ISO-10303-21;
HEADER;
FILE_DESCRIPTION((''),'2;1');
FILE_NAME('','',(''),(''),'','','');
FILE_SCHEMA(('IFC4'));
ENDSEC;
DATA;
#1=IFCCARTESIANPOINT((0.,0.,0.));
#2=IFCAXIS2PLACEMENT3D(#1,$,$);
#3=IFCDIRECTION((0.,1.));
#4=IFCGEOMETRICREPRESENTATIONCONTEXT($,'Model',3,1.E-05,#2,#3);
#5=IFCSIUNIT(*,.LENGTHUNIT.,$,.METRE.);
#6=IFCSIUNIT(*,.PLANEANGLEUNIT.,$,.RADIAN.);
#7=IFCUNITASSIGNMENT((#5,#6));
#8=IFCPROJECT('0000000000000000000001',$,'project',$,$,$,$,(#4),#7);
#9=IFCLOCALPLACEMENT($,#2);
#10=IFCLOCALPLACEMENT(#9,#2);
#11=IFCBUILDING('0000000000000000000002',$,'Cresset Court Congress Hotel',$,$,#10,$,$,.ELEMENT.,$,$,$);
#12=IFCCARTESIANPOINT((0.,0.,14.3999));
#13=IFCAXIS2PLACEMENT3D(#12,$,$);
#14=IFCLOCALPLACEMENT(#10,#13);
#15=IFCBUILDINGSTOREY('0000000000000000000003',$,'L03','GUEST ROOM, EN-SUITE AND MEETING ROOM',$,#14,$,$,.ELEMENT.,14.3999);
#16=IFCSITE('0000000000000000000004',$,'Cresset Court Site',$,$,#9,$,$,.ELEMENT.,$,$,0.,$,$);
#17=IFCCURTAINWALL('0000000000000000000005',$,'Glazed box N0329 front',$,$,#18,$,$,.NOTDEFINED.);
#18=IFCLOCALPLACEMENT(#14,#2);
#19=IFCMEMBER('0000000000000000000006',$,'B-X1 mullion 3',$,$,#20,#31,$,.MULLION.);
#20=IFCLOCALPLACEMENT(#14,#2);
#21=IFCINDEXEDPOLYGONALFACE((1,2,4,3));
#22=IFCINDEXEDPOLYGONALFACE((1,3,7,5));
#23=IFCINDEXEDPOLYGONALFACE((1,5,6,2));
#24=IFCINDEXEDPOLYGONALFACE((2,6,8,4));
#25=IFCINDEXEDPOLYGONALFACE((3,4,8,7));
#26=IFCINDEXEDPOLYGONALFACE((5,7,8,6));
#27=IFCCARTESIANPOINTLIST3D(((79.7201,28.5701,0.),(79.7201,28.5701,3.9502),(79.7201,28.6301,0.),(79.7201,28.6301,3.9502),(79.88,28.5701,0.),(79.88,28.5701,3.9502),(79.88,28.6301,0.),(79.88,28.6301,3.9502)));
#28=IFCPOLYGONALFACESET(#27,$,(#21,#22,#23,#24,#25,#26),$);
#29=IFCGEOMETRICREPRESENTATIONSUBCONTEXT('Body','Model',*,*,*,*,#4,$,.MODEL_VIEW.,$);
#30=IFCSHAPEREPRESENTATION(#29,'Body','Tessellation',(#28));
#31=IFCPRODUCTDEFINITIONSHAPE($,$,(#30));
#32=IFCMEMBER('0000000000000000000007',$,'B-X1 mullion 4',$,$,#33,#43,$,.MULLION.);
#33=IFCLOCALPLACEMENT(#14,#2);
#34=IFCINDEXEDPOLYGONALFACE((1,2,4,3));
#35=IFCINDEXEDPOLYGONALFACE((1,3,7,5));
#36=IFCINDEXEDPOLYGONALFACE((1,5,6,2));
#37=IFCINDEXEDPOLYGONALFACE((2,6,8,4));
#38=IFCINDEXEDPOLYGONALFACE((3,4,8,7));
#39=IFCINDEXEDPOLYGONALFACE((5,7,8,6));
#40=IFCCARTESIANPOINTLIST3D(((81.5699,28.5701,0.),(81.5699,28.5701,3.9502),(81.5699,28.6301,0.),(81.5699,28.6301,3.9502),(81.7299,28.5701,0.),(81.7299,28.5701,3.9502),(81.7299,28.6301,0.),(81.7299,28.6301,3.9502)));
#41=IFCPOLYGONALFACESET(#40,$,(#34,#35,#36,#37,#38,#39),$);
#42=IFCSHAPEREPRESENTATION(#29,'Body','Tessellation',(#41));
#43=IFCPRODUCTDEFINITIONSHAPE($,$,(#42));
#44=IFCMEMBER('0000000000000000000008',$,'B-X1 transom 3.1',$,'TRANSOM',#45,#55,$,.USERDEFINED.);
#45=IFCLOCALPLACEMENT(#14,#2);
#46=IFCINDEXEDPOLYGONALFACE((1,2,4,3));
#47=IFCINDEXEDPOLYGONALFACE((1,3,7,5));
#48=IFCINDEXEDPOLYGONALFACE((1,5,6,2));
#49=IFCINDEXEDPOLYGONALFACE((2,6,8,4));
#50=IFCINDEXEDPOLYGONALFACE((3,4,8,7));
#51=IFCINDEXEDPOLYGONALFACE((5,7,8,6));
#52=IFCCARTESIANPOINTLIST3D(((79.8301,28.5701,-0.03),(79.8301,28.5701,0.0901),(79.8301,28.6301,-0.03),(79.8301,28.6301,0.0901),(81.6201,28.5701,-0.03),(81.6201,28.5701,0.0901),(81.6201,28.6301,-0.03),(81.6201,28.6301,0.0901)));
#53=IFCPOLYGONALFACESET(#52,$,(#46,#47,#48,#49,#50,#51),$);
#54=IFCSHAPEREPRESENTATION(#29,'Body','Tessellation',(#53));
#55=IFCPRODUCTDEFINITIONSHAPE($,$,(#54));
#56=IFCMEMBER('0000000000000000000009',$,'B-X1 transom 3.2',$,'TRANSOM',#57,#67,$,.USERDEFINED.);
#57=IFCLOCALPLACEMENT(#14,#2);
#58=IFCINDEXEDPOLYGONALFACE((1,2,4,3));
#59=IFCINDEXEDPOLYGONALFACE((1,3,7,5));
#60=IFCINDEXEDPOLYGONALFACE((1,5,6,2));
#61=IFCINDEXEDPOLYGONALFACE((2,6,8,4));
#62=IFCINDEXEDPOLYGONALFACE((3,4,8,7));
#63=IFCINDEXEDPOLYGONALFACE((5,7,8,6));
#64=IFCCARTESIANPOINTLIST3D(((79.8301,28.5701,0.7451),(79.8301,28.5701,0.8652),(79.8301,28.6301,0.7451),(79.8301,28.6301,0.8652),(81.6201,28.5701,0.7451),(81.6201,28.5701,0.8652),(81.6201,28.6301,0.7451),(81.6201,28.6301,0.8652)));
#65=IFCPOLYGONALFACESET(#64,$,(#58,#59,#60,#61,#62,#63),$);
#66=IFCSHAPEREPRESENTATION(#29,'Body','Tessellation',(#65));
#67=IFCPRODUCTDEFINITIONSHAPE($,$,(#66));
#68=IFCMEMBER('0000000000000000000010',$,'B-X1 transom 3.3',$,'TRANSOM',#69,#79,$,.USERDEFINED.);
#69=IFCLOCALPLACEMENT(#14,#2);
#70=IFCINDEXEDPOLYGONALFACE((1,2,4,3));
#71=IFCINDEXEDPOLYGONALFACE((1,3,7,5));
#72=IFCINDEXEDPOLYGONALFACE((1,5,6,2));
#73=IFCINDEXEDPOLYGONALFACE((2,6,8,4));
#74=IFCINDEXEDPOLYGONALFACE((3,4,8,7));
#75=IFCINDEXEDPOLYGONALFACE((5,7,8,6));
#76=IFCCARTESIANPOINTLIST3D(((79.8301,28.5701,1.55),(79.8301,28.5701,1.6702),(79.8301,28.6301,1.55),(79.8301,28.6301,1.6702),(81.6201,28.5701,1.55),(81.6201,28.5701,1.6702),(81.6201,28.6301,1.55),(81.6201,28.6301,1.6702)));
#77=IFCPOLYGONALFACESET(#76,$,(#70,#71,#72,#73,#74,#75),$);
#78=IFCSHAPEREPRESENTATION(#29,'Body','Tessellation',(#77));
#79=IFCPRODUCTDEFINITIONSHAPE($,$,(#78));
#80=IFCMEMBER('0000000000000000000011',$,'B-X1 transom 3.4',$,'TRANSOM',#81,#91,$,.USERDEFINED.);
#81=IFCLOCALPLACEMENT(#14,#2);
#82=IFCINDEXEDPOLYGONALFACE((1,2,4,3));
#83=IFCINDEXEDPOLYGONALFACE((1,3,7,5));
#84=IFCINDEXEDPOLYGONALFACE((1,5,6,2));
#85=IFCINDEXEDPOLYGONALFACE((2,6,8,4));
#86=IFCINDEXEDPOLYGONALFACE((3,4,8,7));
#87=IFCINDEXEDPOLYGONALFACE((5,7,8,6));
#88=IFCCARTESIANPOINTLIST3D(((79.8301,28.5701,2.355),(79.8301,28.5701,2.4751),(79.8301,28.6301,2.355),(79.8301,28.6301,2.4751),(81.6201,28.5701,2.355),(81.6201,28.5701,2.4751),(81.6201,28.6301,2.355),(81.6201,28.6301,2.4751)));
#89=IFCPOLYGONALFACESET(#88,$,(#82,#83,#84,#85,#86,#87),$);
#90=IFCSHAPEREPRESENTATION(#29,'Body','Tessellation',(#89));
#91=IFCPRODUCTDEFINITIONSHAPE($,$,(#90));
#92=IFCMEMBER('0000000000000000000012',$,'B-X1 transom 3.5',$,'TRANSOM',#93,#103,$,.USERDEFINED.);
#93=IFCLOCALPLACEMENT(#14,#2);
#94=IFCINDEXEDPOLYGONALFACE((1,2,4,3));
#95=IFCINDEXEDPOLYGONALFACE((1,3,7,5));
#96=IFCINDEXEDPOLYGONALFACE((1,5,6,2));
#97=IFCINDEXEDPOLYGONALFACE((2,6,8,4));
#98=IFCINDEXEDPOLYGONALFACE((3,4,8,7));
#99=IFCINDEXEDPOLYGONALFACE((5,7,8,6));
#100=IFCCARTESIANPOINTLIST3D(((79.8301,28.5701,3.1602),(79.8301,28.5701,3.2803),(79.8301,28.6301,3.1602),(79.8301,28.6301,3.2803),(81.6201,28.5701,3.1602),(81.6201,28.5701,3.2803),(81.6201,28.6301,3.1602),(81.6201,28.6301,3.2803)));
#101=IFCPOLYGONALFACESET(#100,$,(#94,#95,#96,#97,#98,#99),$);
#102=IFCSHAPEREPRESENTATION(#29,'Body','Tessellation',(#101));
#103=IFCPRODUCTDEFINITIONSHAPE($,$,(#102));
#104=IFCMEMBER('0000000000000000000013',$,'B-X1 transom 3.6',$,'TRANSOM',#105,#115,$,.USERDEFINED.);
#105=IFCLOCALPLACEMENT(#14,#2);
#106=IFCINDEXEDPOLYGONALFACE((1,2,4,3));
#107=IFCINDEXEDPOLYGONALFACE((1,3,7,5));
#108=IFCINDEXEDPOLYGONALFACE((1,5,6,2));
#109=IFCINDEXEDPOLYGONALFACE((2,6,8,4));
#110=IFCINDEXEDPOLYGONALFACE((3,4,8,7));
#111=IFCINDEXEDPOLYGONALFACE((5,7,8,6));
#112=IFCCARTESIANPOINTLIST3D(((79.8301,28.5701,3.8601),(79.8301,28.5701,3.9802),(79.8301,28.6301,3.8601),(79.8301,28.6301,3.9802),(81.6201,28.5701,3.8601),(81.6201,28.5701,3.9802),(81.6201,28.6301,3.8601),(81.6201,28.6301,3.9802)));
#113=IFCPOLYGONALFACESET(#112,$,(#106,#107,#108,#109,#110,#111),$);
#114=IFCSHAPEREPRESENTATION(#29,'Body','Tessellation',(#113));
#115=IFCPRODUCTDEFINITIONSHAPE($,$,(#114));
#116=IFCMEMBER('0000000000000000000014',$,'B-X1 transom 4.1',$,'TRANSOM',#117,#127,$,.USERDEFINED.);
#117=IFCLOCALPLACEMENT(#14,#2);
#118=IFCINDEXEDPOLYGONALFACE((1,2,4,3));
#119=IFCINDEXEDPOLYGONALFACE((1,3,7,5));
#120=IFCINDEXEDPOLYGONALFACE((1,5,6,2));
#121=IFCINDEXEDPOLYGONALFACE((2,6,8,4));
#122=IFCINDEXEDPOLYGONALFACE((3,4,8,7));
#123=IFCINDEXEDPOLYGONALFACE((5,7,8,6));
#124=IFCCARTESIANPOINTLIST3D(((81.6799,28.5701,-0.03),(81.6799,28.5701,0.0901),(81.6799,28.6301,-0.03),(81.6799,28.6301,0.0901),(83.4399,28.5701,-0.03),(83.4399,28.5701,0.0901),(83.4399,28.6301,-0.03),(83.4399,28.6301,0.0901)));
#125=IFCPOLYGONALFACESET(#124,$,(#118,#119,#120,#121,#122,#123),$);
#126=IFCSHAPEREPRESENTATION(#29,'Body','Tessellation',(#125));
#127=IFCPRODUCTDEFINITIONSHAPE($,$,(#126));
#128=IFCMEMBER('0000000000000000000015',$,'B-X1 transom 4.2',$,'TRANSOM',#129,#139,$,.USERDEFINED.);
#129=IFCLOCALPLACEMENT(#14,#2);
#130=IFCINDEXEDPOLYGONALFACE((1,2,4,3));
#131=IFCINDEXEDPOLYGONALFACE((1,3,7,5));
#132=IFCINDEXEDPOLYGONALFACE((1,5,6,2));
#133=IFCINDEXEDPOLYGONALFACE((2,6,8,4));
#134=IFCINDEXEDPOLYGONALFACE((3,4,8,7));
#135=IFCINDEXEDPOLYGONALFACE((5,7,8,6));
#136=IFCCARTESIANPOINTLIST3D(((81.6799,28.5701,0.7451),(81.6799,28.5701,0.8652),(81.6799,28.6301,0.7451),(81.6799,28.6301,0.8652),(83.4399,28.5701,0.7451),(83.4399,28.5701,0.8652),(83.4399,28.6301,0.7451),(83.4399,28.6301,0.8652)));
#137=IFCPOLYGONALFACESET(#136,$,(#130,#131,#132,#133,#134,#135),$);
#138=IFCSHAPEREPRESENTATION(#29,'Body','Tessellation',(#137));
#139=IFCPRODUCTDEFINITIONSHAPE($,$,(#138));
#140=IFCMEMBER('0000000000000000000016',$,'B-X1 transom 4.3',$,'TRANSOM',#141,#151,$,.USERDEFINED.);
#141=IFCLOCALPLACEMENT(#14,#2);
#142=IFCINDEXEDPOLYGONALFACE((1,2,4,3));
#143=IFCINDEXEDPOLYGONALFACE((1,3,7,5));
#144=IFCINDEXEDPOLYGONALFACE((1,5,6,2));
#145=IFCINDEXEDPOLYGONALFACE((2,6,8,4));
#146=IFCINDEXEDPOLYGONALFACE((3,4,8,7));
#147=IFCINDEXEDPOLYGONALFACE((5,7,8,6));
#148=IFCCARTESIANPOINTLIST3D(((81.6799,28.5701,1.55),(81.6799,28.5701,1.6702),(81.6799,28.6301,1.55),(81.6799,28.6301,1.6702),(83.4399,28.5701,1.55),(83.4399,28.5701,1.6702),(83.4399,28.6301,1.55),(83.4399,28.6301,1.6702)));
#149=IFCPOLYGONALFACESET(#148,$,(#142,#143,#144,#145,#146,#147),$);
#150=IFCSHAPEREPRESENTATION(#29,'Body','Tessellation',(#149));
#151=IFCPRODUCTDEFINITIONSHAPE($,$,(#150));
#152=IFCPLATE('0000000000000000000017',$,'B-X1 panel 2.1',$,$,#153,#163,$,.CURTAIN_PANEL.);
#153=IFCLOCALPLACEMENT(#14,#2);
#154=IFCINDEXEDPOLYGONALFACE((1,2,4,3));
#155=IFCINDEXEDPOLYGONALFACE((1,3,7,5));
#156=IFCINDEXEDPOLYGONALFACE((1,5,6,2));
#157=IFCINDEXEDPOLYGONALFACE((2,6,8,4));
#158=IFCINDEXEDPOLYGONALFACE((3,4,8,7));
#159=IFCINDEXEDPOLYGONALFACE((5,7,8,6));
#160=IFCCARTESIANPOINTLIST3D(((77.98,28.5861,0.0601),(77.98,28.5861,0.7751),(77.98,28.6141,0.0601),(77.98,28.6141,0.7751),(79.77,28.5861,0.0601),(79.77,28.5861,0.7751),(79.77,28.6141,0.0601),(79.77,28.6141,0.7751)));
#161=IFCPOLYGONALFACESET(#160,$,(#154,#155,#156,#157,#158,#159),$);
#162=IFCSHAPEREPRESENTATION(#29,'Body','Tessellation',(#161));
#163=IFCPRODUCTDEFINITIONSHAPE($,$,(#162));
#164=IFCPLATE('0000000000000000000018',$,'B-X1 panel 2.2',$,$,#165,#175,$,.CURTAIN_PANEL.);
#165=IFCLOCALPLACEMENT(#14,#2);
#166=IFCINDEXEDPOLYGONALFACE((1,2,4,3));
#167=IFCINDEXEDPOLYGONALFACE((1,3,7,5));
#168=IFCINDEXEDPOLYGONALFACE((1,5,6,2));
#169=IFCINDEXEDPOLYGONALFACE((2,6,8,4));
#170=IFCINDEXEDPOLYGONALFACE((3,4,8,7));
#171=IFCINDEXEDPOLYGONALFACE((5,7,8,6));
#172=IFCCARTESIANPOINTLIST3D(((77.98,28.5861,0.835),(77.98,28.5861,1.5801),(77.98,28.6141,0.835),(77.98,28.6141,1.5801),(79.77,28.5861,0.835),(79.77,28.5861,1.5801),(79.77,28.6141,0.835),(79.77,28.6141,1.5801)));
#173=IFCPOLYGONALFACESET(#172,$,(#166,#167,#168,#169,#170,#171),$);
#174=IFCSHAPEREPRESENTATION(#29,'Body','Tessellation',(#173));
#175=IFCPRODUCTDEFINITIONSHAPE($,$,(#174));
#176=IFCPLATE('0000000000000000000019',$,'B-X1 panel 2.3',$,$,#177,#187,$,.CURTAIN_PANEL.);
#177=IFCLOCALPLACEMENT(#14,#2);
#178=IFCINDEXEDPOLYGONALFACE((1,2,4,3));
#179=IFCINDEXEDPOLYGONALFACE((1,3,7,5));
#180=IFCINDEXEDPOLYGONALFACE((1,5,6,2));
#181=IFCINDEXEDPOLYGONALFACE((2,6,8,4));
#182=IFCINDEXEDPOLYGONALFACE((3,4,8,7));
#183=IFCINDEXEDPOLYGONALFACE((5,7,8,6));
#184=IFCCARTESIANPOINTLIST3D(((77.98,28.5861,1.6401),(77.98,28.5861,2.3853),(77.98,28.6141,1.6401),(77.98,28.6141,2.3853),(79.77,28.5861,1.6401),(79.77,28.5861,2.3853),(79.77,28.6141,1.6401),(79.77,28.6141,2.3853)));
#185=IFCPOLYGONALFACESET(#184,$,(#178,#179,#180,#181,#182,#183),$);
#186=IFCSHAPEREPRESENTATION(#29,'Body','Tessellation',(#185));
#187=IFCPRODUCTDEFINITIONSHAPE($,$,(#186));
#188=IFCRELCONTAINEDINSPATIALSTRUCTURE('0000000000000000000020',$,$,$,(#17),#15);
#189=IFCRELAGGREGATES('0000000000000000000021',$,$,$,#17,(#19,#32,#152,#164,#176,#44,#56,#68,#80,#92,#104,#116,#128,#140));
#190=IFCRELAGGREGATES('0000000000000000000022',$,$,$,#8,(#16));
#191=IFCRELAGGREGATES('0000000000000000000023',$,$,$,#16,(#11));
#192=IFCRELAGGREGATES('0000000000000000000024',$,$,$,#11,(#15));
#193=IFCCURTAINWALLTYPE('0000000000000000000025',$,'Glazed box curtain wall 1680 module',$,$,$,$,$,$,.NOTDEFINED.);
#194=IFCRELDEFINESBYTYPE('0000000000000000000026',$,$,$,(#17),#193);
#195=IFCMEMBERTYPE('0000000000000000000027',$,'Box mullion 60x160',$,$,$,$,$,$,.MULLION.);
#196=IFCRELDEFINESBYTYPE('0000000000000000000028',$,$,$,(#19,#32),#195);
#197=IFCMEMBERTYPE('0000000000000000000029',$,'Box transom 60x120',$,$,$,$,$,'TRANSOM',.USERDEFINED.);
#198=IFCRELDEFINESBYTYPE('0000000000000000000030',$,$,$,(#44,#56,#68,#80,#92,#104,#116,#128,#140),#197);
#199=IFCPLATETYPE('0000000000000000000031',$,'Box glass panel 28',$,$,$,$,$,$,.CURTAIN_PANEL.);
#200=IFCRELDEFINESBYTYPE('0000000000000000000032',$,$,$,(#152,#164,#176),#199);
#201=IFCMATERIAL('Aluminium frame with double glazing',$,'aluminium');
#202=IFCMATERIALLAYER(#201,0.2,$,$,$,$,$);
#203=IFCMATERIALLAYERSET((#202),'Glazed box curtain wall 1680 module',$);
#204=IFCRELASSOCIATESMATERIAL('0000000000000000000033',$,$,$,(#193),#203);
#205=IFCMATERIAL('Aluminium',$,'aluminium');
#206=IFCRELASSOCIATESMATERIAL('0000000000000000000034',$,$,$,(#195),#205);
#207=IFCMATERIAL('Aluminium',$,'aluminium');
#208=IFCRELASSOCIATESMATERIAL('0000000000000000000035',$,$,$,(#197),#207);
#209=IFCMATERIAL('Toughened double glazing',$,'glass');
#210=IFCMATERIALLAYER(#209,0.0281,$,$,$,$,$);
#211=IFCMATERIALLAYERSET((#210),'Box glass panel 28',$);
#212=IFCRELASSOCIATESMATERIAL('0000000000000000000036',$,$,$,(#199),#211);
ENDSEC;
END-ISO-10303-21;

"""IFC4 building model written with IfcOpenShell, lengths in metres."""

from ifc_helpers import new_model, si_unit, direction, frame, origin, origin_2d, place, context, subcontext, project, spatial, rectangle, extrude, material, layer, layer_set, material_profile, profile_set, type_object, element, aggregate, save


model = new_model("IFC4")

# Units and contexts
model_context = context("Model", 3, precision=1e-05, world=origin(), true_north=direction((0.0, 1.0)))
body_context = subcontext(model_context, "Body", "Model", "MODEL_VIEW")
ifc_project = project(units=[si_unit("LENGTHUNIT", "METRE"), si_unit("PLANEANGLEUNIT", "RADIAN")], contexts=[model_context])

# Site, building, storey
site_placement = place(None, origin())
site = spatial("IfcSite", under=ifc_project, at=site_placement, Name="Cresset Court Site", CompositionType="ELEMENT", RefElevation=0.0)
building_placement = place(site_placement, origin())
building = spatial("IfcBuilding", under=site, at=building_placement, Name="Cresset Court Congress Hotel", CompositionType="ELEMENT")
storey_placement = place(building_placement, frame((0.0, 0.0, 14.3999)))
storey = spatial("IfcBuildingStorey", under=building, at=storey_placement, Name="L03", Description="GUEST ROOM, EN-SUITE AND MEETING ROOM", CompositionType="ELEMENT", Elevation=14.3999)

# Curtain wall, members, plates
ifc_material_1 = material(Name="Aluminium frame with double glazing", Category="aluminium")
ifc_layer_1 = layer(ifc_material_1, 0.2)
ifc_layer_set_1 = layer_set([ifc_layer_1], Name="Glazed box curtain wall 1680 module")
curtain_wall_type = type_object("IfcCurtainWallType", Name="Glazed box curtain wall 1680 module", PredefinedType="NOTDEFINED", material=ifc_layer_set_1)
curtain_wall_placement = place(storey_placement, origin())
curtain_wall = element("IfcCurtainWall", 1, at=curtain_wall_placement, inside=storey, type_object=curtain_wall_type, Name="Glazed box N0329 front", PredefinedType="NOTDEFINED")
ifc_material_2 = material(Name="Aluminium", Category="aluminium")
ifc_material_profile_1 = material_profile(ifc_material_2, rectangle(XDim=0.0601, YDim=0.1599, at=origin_2d()), Name="Box mullion 60x160")
ifc_profile_set_1 = profile_set([ifc_material_profile_1], Name="Aluminium")
member_type_1 = type_object("IfcMemberType", Name="Box mullion 60x160", PredefinedType="MULLION", material=ifc_profile_set_1)
member_1_placement = place(storey_placement, frame((79.8, 28.6001, 0.0), z_axis=(0.0, 0.0, 1.0), x_axis=(0.0, 1.0, 0.0)))
member_1 = element("IfcMember", 2, at=member_1_placement, type_object=member_type_1, Name="B-X1 mullion 3", PredefinedType="MULLION", context=body_context, shape_type="SweptSolid", body=[
    extrude(rectangle(XDim=0.0601, YDim=0.1599, at=origin_2d()), origin(), (0.0, 0.0, 1.0), 3.9502),
])
member_2_placement = place(storey_placement, frame((81.6499, 28.6001, 0.0), z_axis=(0.0, 0.0, 1.0), x_axis=(0.0, 1.0, 0.0)))
member_2 = element("IfcMember", 3, at=member_2_placement, type_object=member_type_1, Name="B-X1 mullion 4", PredefinedType="MULLION", context=body_context, shape_type="SweptSolid", body=[
    extrude(rectangle(XDim=0.0601, YDim=0.1599, at=origin_2d()), origin(), (0.0, 0.0, 1.0), 3.9502),
])
ifc_material_3 = material(Name="Aluminium", Category="aluminium")
ifc_material_profile_2 = material_profile(ifc_material_3, rectangle(XDim=0.0601, YDim=0.1201, at=origin_2d()), Name="Box transom 60x120")
ifc_profile_set_2 = profile_set([ifc_material_profile_2], Name="Aluminium")
member_type_2 = type_object("IfcMemberType", Name="Box transom 60x120", ElementType="TRANSOM", PredefinedType="USERDEFINED", material=ifc_profile_set_2)
member_3_placement = place(storey_placement, frame((79.8301, 28.6001, 0.03), z_axis=(1.0, 0.0, 0.0), x_axis=(0.0, 1.0, 0.0)))
member_3 = element("IfcMember", 4, at=member_3_placement, type_object=member_type_2, Name="B-X1 transom 3.1", ObjectType="TRANSOM", PredefinedType="USERDEFINED", context=body_context, shape_type="SweptSolid", body=[
    extrude(rectangle(XDim=0.0601, YDim=0.1201, at=origin_2d()), origin(), (0.0, 0.0, 1.0), 1.79),
])
member_4_placement = place(storey_placement, frame((79.8301, 28.6001, 0.8052), z_axis=(1.0, 0.0, 0.0), x_axis=(0.0, 1.0, 0.0)))
member_4 = element("IfcMember", 5, at=member_4_placement, type_object=member_type_2, Name="B-X1 transom 3.2", ObjectType="TRANSOM", PredefinedType="USERDEFINED", context=body_context, shape_type="SweptSolid", body=[
    extrude(rectangle(XDim=0.0601, YDim=0.1201, at=origin_2d()), origin(), (0.0, 0.0, 1.0), 1.79),
])
member_5_placement = place(storey_placement, frame((79.8301, 28.6001, 1.6101), z_axis=(1.0, 0.0, 0.0), x_axis=(0.0, 1.0, 0.0)))
member_5 = element("IfcMember", 6, at=member_5_placement, type_object=member_type_2, Name="B-X1 transom 3.3", ObjectType="TRANSOM", PredefinedType="USERDEFINED", context=body_context, shape_type="SweptSolid", body=[
    extrude(rectangle(XDim=0.0601, YDim=0.1201, at=origin_2d()), origin(), (0.0, 0.0, 1.0), 1.79),
])
member_6_placement = place(storey_placement, frame((79.8301, 28.6001, 2.415), z_axis=(1.0, 0.0, 0.0), x_axis=(0.0, 1.0, 0.0)))
member_6 = element("IfcMember", 7, at=member_6_placement, type_object=member_type_2, Name="B-X1 transom 3.4", ObjectType="TRANSOM", PredefinedType="USERDEFINED", context=body_context, shape_type="SweptSolid", body=[
    extrude(rectangle(XDim=0.0601, YDim=0.1201, at=origin_2d()), origin(), (0.0, 0.0, 1.0), 1.79),
])
member_7_placement = place(storey_placement, frame((79.8301, 28.6001, 3.2202), z_axis=(1.0, 0.0, 0.0), x_axis=(0.0, 1.0, 0.0)))
member_7 = element("IfcMember", 8, at=member_7_placement, type_object=member_type_2, Name="B-X1 transom 3.5", ObjectType="TRANSOM", PredefinedType="USERDEFINED", context=body_context, shape_type="SweptSolid", body=[
    extrude(rectangle(XDim=0.0601, YDim=0.1201, at=origin_2d()), origin(), (0.0, 0.0, 1.0), 1.79),
])
member_8_placement = place(storey_placement, frame((79.8301, 28.6001, 3.9202), z_axis=(1.0, 0.0, 0.0), x_axis=(0.0, 1.0, 0.0)))
member_8 = element("IfcMember", 9, at=member_8_placement, type_object=member_type_2, Name="B-X1 transom 3.6", ObjectType="TRANSOM", PredefinedType="USERDEFINED", context=body_context, shape_type="SweptSolid", body=[
    extrude(rectangle(XDim=0.0601, YDim=0.1201, at=origin_2d()), origin(), (0.0, 0.0, 1.0), 1.79),
])
member_9_placement = place(storey_placement, frame((81.6799, 28.6001, 0.03), z_axis=(1.0, 0.0, 0.0), x_axis=(0.0, 1.0, 0.0)))
member_9 = element("IfcMember", 10, at=member_9_placement, type_object=member_type_2, Name="B-X1 transom 4.1", ObjectType="TRANSOM", PredefinedType="USERDEFINED", context=body_context, shape_type="SweptSolid", body=[
    extrude(rectangle(XDim=0.0601, YDim=0.1201, at=origin_2d()), origin(), (0.0, 0.0, 1.0), 1.76),
])
member_10_placement = place(storey_placement, frame((81.6799, 28.6001, 0.8052), z_axis=(1.0, 0.0, 0.0), x_axis=(0.0, 1.0, 0.0)))
member_10 = element("IfcMember", 11, at=member_10_placement, type_object=member_type_2, Name="B-X1 transom 4.2", ObjectType="TRANSOM", PredefinedType="USERDEFINED", context=body_context, shape_type="SweptSolid", body=[
    extrude(rectangle(XDim=0.0601, YDim=0.1201, at=origin_2d()), origin(), (0.0, 0.0, 1.0), 1.76),
])
member_11_placement = place(storey_placement, frame((81.6799, 28.6001, 1.6101), z_axis=(1.0, 0.0, 0.0), x_axis=(0.0, 1.0, 0.0)))
member_11 = element("IfcMember", 12, at=member_11_placement, type_object=member_type_2, Name="B-X1 transom 4.3", ObjectType="TRANSOM", PredefinedType="USERDEFINED", context=body_context, shape_type="SweptSolid", body=[
    extrude(rectangle(XDim=0.0601, YDim=0.1201, at=origin_2d()), origin(), (0.0, 0.0, 1.0), 1.76),
])
ifc_material_4 = material(Name="Toughened double glazing", Category="glass")
ifc_layer_2 = layer(ifc_material_4, 0.0281)
ifc_layer_set_2 = layer_set([ifc_layer_2], Name="Box glass panel 28")
plate_type_1 = type_object("IfcPlateType", Name="Box glass panel 28", PredefinedType="CURTAIN_PANEL", material=ifc_layer_set_2)
plate_1_placement = place(storey_placement, frame((78.875, 28.6001, 0.0601), z_axis=(0.0, 0.0, 1.0), x_axis=(1.0, 0.0, 0.0)))
plate_1 = element("IfcPlate", 13, at=plate_1_placement, type_object=plate_type_1, Name="B-X1 panel 2.1", PredefinedType="CURTAIN_PANEL", context=body_context, shape_type="SweptSolid", body=[
    extrude(rectangle(XDim=1.79, YDim=0.0281, at=origin_2d()), origin(), (0.0, 0.0, 1.0), 0.7151),
])
plate_2_placement = place(storey_placement, frame((78.875, 28.6001, 0.835), z_axis=(0.0, 0.0, 1.0), x_axis=(1.0, 0.0, 0.0)))
plate_2 = element("IfcPlate", 14, at=plate_2_placement, type_object=plate_type_1, Name="B-X1 panel 2.2", PredefinedType="CURTAIN_PANEL", context=body_context, shape_type="SweptSolid", body=[
    extrude(rectangle(XDim=1.79, YDim=0.0281, at=origin_2d()), origin(), (0.0, 0.0, 1.0), 0.7451),
])
plate_3_placement = place(storey_placement, frame((78.875, 28.6001, 1.6401), z_axis=(0.0, 0.0, 1.0), x_axis=(1.0, 0.0, 0.0)))
plate_3 = element("IfcPlate", 15, at=plate_3_placement, type_object=plate_type_1, Name="B-X1 panel 2.3", PredefinedType="CURTAIN_PANEL", context=body_context, shape_type="SweptSolid", body=[
    extrude(rectangle(XDim=1.79, YDim=0.0281, at=origin_2d()), origin(), (0.0, 0.0, 1.0), 0.7451),
])
aggregate(curtain_wall, [member_1, member_2, plate_1, plate_2, plate_3, member_3, member_4, member_5, member_6, member_7, member_8, member_9, member_10, member_11])

save(model, "model.ifc")
